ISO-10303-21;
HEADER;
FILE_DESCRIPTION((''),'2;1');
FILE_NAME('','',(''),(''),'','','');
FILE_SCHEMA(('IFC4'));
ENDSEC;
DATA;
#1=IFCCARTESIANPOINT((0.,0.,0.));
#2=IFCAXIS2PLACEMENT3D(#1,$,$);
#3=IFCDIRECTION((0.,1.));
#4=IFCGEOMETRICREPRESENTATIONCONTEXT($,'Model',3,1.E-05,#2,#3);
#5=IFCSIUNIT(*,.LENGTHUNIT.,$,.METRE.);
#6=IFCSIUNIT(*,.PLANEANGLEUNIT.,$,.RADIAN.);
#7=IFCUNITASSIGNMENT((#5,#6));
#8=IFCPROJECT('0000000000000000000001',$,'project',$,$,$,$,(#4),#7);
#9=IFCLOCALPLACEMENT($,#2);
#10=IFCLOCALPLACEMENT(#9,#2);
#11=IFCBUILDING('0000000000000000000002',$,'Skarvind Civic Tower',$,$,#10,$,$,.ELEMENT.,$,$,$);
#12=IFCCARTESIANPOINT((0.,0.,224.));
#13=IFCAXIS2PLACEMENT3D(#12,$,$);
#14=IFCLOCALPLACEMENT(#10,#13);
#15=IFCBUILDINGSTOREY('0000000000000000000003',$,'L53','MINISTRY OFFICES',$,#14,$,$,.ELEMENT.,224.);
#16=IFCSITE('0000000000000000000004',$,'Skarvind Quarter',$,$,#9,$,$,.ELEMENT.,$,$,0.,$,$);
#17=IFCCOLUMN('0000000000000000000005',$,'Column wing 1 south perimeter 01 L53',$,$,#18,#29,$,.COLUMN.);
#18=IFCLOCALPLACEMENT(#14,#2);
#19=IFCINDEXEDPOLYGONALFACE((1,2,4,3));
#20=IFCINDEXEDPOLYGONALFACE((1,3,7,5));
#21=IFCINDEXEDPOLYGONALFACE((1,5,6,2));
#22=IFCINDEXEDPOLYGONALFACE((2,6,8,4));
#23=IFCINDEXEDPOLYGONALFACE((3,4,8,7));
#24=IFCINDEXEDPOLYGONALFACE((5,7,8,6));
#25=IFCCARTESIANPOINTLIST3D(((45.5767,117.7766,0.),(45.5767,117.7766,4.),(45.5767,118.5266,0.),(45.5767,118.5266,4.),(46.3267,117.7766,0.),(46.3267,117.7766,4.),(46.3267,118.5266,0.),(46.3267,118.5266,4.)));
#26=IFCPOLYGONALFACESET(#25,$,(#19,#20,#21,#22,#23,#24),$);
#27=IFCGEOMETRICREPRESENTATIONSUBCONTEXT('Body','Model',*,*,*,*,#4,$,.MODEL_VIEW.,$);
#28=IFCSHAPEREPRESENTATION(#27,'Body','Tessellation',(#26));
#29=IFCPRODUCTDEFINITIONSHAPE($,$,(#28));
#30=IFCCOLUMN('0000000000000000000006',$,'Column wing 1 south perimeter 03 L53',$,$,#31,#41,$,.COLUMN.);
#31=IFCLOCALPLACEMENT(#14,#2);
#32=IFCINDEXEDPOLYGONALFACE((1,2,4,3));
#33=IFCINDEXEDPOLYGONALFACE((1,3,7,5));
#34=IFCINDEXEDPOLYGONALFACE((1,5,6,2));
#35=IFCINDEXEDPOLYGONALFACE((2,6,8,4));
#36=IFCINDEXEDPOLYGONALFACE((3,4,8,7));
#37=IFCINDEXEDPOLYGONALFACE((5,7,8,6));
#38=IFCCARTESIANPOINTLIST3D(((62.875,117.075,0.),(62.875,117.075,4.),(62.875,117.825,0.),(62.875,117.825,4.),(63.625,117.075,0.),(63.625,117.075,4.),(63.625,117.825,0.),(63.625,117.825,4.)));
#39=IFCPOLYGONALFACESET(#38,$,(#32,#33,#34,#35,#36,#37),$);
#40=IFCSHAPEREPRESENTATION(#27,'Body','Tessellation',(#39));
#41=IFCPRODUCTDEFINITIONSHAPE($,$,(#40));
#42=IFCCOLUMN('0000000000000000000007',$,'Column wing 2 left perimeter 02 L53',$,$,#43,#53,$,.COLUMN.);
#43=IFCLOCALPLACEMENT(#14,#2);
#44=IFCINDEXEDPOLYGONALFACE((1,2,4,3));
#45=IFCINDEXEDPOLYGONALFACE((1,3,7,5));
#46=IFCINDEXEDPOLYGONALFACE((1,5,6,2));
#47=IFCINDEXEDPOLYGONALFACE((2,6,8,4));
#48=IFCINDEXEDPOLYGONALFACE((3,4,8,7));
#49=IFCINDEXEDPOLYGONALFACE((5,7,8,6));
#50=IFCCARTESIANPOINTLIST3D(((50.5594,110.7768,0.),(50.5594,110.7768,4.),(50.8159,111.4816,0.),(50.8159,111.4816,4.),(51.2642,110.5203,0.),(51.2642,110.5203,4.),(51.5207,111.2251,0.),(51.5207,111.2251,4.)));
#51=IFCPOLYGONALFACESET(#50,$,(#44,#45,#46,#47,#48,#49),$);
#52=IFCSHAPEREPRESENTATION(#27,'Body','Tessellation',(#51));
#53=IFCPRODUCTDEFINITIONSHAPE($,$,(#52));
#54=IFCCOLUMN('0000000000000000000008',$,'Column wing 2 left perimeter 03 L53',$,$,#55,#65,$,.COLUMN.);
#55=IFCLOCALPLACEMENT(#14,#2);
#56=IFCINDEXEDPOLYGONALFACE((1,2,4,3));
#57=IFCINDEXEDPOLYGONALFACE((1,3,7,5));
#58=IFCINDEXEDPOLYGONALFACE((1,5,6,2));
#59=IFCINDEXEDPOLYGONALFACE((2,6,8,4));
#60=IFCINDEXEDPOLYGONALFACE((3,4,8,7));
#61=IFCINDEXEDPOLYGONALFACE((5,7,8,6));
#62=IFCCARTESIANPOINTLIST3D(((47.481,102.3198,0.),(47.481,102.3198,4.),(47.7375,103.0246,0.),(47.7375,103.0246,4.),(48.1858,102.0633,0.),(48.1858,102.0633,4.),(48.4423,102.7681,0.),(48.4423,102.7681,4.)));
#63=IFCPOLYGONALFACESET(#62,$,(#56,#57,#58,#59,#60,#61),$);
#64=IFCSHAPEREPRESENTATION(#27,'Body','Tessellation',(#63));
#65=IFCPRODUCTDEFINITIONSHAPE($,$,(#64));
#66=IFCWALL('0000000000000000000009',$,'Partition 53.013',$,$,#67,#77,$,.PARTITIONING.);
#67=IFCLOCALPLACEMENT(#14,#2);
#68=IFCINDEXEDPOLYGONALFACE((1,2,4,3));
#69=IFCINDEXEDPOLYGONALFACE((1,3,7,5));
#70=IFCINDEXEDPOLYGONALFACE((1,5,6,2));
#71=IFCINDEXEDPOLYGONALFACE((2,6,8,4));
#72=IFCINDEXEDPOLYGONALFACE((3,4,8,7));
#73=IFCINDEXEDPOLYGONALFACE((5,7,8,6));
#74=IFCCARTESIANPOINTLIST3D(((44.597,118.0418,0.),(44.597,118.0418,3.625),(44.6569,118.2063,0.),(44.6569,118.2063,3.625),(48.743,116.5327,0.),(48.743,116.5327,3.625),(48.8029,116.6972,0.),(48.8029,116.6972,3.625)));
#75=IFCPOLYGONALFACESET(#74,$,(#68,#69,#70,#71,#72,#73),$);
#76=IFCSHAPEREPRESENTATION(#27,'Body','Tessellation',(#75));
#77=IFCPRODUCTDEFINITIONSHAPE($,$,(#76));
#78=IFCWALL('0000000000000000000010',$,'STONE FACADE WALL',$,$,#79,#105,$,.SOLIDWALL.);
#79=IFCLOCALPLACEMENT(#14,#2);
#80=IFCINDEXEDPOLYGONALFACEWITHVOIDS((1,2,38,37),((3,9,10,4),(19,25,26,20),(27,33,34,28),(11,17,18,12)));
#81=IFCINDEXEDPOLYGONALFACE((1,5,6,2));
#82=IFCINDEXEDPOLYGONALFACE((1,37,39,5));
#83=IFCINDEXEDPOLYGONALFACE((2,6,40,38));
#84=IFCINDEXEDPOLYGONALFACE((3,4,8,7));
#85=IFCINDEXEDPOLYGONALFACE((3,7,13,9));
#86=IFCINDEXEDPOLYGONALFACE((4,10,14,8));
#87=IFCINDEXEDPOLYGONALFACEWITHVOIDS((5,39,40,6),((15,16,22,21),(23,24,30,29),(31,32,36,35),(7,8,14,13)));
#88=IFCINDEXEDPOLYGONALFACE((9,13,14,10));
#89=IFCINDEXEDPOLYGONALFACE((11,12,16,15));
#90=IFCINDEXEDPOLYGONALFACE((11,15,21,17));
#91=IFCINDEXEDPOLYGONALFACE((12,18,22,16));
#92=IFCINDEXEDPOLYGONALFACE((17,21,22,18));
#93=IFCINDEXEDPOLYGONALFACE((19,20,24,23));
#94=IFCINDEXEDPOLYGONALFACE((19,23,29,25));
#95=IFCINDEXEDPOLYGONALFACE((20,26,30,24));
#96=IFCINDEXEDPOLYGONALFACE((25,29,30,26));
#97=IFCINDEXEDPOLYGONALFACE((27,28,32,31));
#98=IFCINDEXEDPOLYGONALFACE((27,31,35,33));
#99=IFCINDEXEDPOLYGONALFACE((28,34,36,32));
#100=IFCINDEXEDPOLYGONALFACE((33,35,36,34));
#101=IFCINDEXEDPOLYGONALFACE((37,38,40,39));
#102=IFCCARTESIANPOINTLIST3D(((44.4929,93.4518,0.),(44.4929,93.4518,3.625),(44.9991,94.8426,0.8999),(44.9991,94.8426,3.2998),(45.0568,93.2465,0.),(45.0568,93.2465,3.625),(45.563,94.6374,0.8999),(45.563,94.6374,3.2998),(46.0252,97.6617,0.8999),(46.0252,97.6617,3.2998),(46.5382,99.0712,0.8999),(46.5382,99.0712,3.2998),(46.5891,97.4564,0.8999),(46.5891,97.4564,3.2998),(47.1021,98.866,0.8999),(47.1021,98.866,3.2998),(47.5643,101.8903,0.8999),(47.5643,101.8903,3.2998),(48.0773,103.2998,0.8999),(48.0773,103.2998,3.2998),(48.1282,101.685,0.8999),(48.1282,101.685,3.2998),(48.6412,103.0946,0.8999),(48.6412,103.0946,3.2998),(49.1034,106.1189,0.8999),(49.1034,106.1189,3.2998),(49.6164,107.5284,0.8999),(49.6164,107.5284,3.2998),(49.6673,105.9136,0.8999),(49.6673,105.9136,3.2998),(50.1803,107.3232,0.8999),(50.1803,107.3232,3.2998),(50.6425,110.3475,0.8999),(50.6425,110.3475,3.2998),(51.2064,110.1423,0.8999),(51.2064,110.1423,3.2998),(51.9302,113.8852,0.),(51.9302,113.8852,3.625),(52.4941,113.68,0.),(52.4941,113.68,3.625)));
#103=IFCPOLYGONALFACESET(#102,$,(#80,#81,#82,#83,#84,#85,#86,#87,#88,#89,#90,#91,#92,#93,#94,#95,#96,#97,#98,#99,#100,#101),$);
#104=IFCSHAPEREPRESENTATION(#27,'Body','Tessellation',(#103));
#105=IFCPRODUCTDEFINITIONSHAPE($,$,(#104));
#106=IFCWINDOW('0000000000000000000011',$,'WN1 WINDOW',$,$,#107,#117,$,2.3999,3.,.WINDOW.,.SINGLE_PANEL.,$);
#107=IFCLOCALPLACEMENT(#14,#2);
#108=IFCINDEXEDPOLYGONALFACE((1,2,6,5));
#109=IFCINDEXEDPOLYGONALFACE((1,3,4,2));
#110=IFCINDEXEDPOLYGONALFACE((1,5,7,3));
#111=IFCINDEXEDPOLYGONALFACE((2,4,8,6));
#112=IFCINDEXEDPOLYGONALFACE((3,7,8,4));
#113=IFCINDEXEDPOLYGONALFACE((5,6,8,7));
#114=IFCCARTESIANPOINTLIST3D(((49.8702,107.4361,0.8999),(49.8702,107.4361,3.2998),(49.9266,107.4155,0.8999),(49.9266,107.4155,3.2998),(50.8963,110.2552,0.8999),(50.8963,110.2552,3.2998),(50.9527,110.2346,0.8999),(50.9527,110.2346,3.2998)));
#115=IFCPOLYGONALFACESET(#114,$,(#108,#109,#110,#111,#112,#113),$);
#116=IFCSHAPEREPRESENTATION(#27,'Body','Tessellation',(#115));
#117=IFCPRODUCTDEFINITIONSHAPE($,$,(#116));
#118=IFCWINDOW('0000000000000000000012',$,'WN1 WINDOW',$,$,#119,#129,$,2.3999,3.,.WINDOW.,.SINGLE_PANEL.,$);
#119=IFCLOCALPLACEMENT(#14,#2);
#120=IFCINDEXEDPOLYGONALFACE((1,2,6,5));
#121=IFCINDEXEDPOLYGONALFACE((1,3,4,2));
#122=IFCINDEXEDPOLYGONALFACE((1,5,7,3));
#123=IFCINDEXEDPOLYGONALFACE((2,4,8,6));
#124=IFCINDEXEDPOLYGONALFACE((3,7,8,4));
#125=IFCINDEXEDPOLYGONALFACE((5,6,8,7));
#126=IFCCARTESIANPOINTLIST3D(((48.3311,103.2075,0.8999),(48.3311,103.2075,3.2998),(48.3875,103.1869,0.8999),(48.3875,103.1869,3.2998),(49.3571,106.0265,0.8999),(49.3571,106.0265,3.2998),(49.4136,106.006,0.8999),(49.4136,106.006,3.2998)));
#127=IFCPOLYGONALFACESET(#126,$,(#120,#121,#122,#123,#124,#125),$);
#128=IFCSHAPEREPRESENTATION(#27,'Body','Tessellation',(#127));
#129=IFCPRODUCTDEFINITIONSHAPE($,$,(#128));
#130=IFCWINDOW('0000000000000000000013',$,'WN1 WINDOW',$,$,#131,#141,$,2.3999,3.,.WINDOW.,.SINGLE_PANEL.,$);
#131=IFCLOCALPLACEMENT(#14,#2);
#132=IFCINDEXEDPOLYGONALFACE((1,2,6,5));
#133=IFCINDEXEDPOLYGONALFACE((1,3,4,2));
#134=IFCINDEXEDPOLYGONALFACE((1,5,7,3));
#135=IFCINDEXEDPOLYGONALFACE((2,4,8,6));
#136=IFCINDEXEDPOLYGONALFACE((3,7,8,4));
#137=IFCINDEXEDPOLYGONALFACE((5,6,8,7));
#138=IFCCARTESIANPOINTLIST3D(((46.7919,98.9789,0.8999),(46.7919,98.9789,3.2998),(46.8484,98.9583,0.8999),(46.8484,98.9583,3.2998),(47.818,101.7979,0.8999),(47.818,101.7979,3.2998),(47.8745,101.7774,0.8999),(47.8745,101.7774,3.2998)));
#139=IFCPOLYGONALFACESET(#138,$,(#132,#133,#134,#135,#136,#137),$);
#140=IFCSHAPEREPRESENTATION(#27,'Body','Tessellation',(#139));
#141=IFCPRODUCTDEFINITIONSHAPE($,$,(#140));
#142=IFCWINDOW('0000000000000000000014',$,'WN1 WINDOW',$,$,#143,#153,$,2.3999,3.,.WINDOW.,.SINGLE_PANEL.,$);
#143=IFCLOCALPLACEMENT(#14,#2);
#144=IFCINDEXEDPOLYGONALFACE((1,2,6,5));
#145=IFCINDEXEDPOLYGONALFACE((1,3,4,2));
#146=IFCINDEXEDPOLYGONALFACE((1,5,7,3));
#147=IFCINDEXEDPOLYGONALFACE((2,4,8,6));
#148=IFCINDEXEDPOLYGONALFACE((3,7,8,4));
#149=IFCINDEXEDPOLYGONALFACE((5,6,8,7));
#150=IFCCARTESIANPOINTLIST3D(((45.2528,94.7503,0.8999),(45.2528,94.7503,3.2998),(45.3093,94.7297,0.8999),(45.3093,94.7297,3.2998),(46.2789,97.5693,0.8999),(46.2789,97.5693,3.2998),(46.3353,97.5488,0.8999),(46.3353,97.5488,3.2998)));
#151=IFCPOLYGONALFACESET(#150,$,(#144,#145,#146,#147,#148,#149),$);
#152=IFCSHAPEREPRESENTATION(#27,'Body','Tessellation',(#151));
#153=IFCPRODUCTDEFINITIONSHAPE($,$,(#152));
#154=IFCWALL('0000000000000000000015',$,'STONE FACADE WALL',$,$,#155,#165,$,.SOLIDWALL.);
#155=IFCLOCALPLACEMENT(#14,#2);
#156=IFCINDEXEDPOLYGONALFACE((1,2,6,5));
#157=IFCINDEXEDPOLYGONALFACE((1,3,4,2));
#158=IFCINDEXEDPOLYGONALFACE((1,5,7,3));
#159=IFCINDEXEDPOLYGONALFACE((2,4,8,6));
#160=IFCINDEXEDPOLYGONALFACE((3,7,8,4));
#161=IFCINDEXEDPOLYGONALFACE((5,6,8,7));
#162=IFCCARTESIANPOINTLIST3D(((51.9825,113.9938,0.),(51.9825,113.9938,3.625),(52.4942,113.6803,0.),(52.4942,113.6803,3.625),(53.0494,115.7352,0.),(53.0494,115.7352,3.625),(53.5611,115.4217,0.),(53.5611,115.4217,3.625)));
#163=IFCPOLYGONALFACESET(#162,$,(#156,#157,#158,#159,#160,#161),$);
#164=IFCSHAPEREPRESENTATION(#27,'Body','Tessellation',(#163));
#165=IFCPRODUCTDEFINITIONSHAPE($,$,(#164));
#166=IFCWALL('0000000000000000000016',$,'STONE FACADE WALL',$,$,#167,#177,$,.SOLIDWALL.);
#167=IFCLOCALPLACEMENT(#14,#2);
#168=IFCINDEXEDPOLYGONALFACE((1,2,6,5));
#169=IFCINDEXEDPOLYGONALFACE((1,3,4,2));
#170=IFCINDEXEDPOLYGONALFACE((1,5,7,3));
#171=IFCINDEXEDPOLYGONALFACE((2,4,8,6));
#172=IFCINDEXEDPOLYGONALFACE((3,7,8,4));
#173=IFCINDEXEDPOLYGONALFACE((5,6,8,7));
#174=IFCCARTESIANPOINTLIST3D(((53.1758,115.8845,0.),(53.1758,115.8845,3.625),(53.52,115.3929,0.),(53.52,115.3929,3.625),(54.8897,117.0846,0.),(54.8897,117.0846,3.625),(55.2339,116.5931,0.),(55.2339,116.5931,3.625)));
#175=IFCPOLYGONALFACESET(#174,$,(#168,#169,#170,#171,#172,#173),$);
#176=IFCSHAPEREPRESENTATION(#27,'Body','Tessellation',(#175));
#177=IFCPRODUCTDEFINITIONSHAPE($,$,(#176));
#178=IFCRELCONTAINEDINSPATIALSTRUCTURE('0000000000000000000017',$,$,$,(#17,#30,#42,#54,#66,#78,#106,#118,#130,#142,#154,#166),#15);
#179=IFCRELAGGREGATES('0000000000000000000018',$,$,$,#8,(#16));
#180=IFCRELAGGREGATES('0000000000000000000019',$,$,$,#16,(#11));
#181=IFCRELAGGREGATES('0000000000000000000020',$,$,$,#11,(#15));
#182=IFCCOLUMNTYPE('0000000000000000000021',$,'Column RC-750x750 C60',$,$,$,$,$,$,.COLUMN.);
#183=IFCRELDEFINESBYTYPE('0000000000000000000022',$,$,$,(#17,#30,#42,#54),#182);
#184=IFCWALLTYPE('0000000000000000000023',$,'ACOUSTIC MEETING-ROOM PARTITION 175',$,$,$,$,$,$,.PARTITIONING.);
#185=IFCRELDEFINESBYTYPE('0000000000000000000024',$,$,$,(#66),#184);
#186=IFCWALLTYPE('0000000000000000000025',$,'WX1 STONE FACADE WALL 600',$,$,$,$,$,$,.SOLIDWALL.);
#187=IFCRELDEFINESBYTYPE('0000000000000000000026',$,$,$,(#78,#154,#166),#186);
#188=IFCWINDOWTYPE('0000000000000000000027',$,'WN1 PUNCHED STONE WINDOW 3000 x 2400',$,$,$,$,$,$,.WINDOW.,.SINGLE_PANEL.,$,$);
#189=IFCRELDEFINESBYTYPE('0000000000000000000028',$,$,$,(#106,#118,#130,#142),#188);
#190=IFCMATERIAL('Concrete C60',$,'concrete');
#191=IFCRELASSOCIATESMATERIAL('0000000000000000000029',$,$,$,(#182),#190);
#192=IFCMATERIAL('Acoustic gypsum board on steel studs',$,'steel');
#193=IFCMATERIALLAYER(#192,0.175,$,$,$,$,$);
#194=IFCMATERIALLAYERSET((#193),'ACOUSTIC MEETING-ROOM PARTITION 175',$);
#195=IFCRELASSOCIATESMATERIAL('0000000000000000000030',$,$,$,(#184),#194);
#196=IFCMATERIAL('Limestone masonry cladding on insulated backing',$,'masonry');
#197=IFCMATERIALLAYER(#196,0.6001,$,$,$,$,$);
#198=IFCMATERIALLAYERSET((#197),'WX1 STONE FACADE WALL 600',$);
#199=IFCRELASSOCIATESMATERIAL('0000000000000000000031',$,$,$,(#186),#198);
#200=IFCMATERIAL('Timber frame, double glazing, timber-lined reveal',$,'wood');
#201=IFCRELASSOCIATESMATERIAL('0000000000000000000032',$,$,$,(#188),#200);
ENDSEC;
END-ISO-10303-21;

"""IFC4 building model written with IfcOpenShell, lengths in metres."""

from ifc_helpers import new_model, si_unit, direction, frame, frame_2d, origin, origin_2d, place, context, subcontext, project, spatial, rectangle, extrude, material, layer, layer_set, material_profile, profile_set, type_object, element, fill, save


model = new_model("IFC4")

# Units and contexts
model_context = context("Model", 3, precision=1e-05, world=origin(), true_north=direction((0.0, 1.0)))
body_context = subcontext(model_context, "Body", "Model", "MODEL_VIEW")
ifc_project = project(units=[si_unit("LENGTHUNIT", "METRE"), si_unit("PLANEANGLEUNIT", "RADIAN")], contexts=[model_context])

# Site, building, storey
site_placement = place(None, origin())
site = spatial("IfcSite", under=ifc_project, at=site_placement, Name="Skarvind Quarter", CompositionType="ELEMENT", RefElevation=0.0)
building_placement = place(site_placement, origin())
building = spatial("IfcBuilding", under=site, at=building_placement, Name="Skarvind Civic Tower", CompositionType="ELEMENT")
storey_placement = place(building_placement, frame((0.0, 0.0, 224.0)))
storey = spatial("IfcBuildingStorey", under=building, at=storey_placement, Name="L53", Description="MINISTRY OFFICES", CompositionType="ELEMENT", Elevation=224.0)

# Columns
ifc_material_1 = material(Name="Concrete C60", Category="concrete")
ifc_material_profile_1 = material_profile(ifc_material_1, rectangle(XDim=0.75, YDim=0.75, at=origin_2d()), Name="RC-750x750")
ifc_profile_set_1 = profile_set([ifc_material_profile_1], Name="Concrete C60")
column_type = type_object("IfcColumnType", Name="Column RC-750x750 C60", PredefinedType="COLUMN", material=ifc_profile_set_1)
for number, where, z_axis, x_axis, name in (
    (1, (45.9517, 118.1516, 0.0), (0.0, 0.0, 1.0), (1.0, 0.0, 0.0), "Column wing 1 south perimeter 01 L53"),
    (2, (63.25, 117.45, 0.0), (0.0, 0.0, 1.0), (1.0, 0.0, 0.0), "Column wing 1 south perimeter 03 L53"),
    (3, (51.04, 111.001, 0.0), (0.0, 0.0, 1.0), (-0.34202, -0.939693, 0.0), "Column wing 2 left perimeter 02 L53"),
    (4, (47.9617, 102.5439, 0.0), (0.0, 0.0, 1.0), (-0.34202, -0.939693, 0.0), "Column wing 2 left perimeter 03 L53"),
):
    element("IfcColumn", number, at=place(storey_placement, frame(where, z_axis=z_axis, x_axis=x_axis)), inside=storey, type_object=column_type, Name=name, PredefinedType="COLUMN", context=body_context, shape_type="SweptSolid", body=[
        extrude(rectangle(XDim=0.75, YDim=0.75, at=origin_2d()), origin(), (0.0, 0.0, 1.0), 4.0),
    ])

# Wall
ifc_material_2 = material(Name="Acoustic gypsum board on steel studs", Category="steel")
ifc_layer_1 = layer(ifc_material_2, 0.175)
ifc_layer_set_1 = layer_set([ifc_layer_1], Name="ACOUSTIC MEETING-ROOM PARTITION 175")
wall_type_1 = type_object("IfcWallType", Name="ACOUSTIC MEETING-ROOM PARTITION 175", PredefinedType="PARTITIONING", material=ifc_layer_set_1)
wall_1_placement = place(storey_placement, frame((44.627, 118.124, 0.0), z_axis=(0.0, 0.0, 1.0), x_axis=(0.939692, -0.342023, 0.0)))
element("IfcWall", 5, at=wall_1_placement, inside=storey, type_object=wall_type_1, Name="Partition 53.013", PredefinedType="PARTITIONING", context=body_context, shape_type="SweptSolid", body=[
    extrude(rectangle(XDim=4.4121, YDim=0.175, at=frame_2d((2.2061, 0.0))), origin(), (0.0, 0.0, 1.0), 3.625),
])

# Wall, openings, windows
ifc_material_3 = material(Name="Limestone masonry cladding on insulated backing", Category="masonry")
ifc_layer_2 = layer(ifc_material_3, 0.6001)
ifc_layer_set_2 = layer_set([ifc_layer_2], Name="WX1 STONE FACADE WALL 600")
wall_type_2 = type_object("IfcWallType", Name="WX1 STONE FACADE WALL 600", PredefinedType="SOLIDWALL", material=ifc_layer_set_2)
wall_2_placement = place(storey_placement, frame((52.2122, 113.7827, 0.0), z_axis=(0.0, 0.0, 1.0), x_axis=(-0.342025, -0.939691, 0.0)))
wall_2 = element("IfcWall", 6, at=wall_2_placement, inside=storey, type_object=wall_type_2, Name="STONE FACADE WALL", PredefinedType="SOLIDWALL", context=body_context, shape_type="SweptSolid", body=[
    extrude(rectangle(XDim=21.7449, YDim=0.6001, at=frame_2d((10.8726, 0.0))), origin(), (0.0, 0.0, 1.0), 3.625),
])
opening_1_placement = place(wall_2_placement, frame((3.7649, 0.0, 0.8999)))
opening_1 = element("IfcOpeningElement", 7, at=opening_1_placement, cuts=wall_2, PredefinedType="OPENING", context=body_context, shape_type="SweptSolid", body=[
    extrude(rectangle(XDim=3.0, YDim=2.3999, at=frame_2d((1.5, 1.2))), frame((0.0, 0.3101, 0.0), z_axis=(0.0, -1.0, 0.0), x_axis=(1.0, 0.0, 0.0)), (0.0, 0.0, 1.0), 0.6201),
])
opening_2_placement = place(wall_2_placement, frame((8.2649, 0.0, 0.8999)))
opening_2 = element("IfcOpeningElement", 8, at=opening_2_placement, cuts=wall_2, PredefinedType="OPENING", context=body_context, shape_type="SweptSolid", body=[
    extrude(rectangle(XDim=3.0, YDim=2.3999, at=frame_2d((1.5, 1.2))), frame((0.0, 0.3101, 0.0), z_axis=(0.0, -1.0, 0.0), x_axis=(1.0, 0.0, 0.0)), (0.0, 0.0, 1.0), 0.6201),
])
opening_3_placement = place(wall_2_placement, frame((12.7649, 0.0, 0.8999)))
opening_3 = element("IfcOpeningElement", 9, at=opening_3_placement, cuts=wall_2, PredefinedType="OPENING", context=body_context, shape_type="SweptSolid", body=[
    extrude(rectangle(XDim=3.0, YDim=2.3999, at=frame_2d((1.5, 1.2))), frame((0.0, 0.3101, 0.0), z_axis=(0.0, -1.0, 0.0), x_axis=(1.0, 0.0, 0.0)), (0.0, 0.0, 1.0), 0.6201),
])
opening_4_placement = place(wall_2_placement, frame((17.2649, 0.0, 0.8999)))
opening_4 = element("IfcOpeningElement", 10, at=opening_4_placement, cuts=wall_2, PredefinedType="OPENING", context=body_context, shape_type="SweptSolid", body=[
    extrude(rectangle(XDim=3.0, YDim=2.3999, at=frame_2d((1.5, 1.2))), frame((0.0, 0.3101, 0.0), z_axis=(0.0, -1.0, 0.0), x_axis=(1.0, 0.0, 0.0)), (0.0, 0.0, 1.0), 0.6201),
])
ifc_material_4 = material(Name="Timber frame, double glazing, timber-lined reveal", Category="wood")
window_type = type_object("IfcWindowType", Name="WN1 PUNCHED STONE WINDOW 3000 x 2400", PartitioningType="SINGLE_PANEL", PredefinedType="WINDOW", material=ifc_material_4)
window_1_placement = place(opening_1_placement, origin())
window_1 = element("IfcWindow", 11, at=window_1_placement, inside=storey, type_object=window_type, Name="WN1 WINDOW", OverallHeight=2.3999, OverallWidth=3.0, PartitioningType="SINGLE_PANEL", PredefinedType="WINDOW", context=body_context, shape_type="SweptSolid", body=[
    extrude(rectangle(XDim=3.0, YDim=2.3999, at=frame_2d((1.5, 1.2))), frame((0.0, 0.03, 0.0), z_axis=(0.0, -1.0, 0.0), x_axis=(1.0, 0.0, 0.0)), (0.0, 0.0, 1.0), 0.0601),
])
fill(opening_1, window_1)
window_2_placement = place(opening_2_placement, origin())
window_2 = element("IfcWindow", 12, at=window_2_placement, inside=storey, type_object=window_type, Name="WN1 WINDOW", OverallHeight=2.3999, OverallWidth=3.0, PartitioningType="SINGLE_PANEL", PredefinedType="WINDOW", context=body_context, shape_type="SweptSolid", body=[
    extrude(rectangle(XDim=3.0, YDim=2.3999, at=frame_2d((1.5, 1.2))), frame((0.0, 0.03, 0.0), z_axis=(0.0, -1.0, 0.0), x_axis=(1.0, 0.0, 0.0)), (0.0, 0.0, 1.0), 0.0601),
])
fill(opening_2, window_2)
window_3_placement = place(opening_3_placement, origin())
window_3 = element("IfcWindow", 13, at=window_3_placement, inside=storey, type_object=window_type, Name="WN1 WINDOW", OverallHeight=2.3999, OverallWidth=3.0, PartitioningType="SINGLE_PANEL", PredefinedType="WINDOW", context=body_context, shape_type="SweptSolid", body=[
    extrude(rectangle(XDim=3.0, YDim=2.3999, at=frame_2d((1.5, 1.2))), frame((0.0, 0.03, 0.0), z_axis=(0.0, -1.0, 0.0), x_axis=(1.0, 0.0, 0.0)), (0.0, 0.0, 1.0), 0.0601),
])
fill(opening_3, window_3)
window_4_placement = place(opening_4_placement, origin())
window_4 = element("IfcWindow", 14, at=window_4_placement, inside=storey, type_object=window_type, Name="WN1 WINDOW", OverallHeight=2.3999, OverallWidth=3.0, PartitioningType="SINGLE_PANEL", PredefinedType="WINDOW", context=body_context, shape_type="SweptSolid", body=[
    extrude(rectangle(XDim=3.0, YDim=2.3999, at=frame_2d((1.5, 1.2))), frame((0.0, 0.03, 0.0), z_axis=(0.0, -1.0, 0.0), x_axis=(1.0, 0.0, 0.0)), (0.0, 0.0, 1.0), 0.0601),
])
fill(opening_4, window_4)

# Walls
wall_3_placement = place(storey_placement, frame((53.3052, 115.5784, 0.0), z_axis=(0.0, 0.0, 1.0), x_axis=(-0.522402, -0.852699, 0.0)))
element("IfcWall", 15, at=wall_3_placement, inside=storey, type_object=wall_type_2, Name="STONE FACADE WALL", PredefinedType="SOLIDWALL", context=body_context, shape_type="SweptSolid", body=[
    extrude(rectangle(XDim=2.0422, YDim=0.6001, at=frame_2d((1.021, 0.0))), origin(), (0.0, 0.0, 1.0), 3.625),
])
for number, where, z_axis, x_axis, name in (
    (16, (55.0618, 116.8389, 0.0), (0.0, 0.0, 1.0), (-0.819122, -0.573619, 0.0), "STONE FACADE WALL"),
):
    element("IfcWall", number, at=place(storey_placement, frame(where, z_axis=z_axis, x_axis=x_axis)), inside=storey, type_object=wall_type_2, Name=name, PredefinedType="SOLIDWALL", context=body_context, shape_type="SweptSolid", body=[
        extrude(rectangle(XDim=2.0923, YDim=0.6001, at=frame_2d((1.0461, 0.0))), origin(), (0.0, 0.0, 1.0), 3.625),
    ])

save(model, "model.ifc")
